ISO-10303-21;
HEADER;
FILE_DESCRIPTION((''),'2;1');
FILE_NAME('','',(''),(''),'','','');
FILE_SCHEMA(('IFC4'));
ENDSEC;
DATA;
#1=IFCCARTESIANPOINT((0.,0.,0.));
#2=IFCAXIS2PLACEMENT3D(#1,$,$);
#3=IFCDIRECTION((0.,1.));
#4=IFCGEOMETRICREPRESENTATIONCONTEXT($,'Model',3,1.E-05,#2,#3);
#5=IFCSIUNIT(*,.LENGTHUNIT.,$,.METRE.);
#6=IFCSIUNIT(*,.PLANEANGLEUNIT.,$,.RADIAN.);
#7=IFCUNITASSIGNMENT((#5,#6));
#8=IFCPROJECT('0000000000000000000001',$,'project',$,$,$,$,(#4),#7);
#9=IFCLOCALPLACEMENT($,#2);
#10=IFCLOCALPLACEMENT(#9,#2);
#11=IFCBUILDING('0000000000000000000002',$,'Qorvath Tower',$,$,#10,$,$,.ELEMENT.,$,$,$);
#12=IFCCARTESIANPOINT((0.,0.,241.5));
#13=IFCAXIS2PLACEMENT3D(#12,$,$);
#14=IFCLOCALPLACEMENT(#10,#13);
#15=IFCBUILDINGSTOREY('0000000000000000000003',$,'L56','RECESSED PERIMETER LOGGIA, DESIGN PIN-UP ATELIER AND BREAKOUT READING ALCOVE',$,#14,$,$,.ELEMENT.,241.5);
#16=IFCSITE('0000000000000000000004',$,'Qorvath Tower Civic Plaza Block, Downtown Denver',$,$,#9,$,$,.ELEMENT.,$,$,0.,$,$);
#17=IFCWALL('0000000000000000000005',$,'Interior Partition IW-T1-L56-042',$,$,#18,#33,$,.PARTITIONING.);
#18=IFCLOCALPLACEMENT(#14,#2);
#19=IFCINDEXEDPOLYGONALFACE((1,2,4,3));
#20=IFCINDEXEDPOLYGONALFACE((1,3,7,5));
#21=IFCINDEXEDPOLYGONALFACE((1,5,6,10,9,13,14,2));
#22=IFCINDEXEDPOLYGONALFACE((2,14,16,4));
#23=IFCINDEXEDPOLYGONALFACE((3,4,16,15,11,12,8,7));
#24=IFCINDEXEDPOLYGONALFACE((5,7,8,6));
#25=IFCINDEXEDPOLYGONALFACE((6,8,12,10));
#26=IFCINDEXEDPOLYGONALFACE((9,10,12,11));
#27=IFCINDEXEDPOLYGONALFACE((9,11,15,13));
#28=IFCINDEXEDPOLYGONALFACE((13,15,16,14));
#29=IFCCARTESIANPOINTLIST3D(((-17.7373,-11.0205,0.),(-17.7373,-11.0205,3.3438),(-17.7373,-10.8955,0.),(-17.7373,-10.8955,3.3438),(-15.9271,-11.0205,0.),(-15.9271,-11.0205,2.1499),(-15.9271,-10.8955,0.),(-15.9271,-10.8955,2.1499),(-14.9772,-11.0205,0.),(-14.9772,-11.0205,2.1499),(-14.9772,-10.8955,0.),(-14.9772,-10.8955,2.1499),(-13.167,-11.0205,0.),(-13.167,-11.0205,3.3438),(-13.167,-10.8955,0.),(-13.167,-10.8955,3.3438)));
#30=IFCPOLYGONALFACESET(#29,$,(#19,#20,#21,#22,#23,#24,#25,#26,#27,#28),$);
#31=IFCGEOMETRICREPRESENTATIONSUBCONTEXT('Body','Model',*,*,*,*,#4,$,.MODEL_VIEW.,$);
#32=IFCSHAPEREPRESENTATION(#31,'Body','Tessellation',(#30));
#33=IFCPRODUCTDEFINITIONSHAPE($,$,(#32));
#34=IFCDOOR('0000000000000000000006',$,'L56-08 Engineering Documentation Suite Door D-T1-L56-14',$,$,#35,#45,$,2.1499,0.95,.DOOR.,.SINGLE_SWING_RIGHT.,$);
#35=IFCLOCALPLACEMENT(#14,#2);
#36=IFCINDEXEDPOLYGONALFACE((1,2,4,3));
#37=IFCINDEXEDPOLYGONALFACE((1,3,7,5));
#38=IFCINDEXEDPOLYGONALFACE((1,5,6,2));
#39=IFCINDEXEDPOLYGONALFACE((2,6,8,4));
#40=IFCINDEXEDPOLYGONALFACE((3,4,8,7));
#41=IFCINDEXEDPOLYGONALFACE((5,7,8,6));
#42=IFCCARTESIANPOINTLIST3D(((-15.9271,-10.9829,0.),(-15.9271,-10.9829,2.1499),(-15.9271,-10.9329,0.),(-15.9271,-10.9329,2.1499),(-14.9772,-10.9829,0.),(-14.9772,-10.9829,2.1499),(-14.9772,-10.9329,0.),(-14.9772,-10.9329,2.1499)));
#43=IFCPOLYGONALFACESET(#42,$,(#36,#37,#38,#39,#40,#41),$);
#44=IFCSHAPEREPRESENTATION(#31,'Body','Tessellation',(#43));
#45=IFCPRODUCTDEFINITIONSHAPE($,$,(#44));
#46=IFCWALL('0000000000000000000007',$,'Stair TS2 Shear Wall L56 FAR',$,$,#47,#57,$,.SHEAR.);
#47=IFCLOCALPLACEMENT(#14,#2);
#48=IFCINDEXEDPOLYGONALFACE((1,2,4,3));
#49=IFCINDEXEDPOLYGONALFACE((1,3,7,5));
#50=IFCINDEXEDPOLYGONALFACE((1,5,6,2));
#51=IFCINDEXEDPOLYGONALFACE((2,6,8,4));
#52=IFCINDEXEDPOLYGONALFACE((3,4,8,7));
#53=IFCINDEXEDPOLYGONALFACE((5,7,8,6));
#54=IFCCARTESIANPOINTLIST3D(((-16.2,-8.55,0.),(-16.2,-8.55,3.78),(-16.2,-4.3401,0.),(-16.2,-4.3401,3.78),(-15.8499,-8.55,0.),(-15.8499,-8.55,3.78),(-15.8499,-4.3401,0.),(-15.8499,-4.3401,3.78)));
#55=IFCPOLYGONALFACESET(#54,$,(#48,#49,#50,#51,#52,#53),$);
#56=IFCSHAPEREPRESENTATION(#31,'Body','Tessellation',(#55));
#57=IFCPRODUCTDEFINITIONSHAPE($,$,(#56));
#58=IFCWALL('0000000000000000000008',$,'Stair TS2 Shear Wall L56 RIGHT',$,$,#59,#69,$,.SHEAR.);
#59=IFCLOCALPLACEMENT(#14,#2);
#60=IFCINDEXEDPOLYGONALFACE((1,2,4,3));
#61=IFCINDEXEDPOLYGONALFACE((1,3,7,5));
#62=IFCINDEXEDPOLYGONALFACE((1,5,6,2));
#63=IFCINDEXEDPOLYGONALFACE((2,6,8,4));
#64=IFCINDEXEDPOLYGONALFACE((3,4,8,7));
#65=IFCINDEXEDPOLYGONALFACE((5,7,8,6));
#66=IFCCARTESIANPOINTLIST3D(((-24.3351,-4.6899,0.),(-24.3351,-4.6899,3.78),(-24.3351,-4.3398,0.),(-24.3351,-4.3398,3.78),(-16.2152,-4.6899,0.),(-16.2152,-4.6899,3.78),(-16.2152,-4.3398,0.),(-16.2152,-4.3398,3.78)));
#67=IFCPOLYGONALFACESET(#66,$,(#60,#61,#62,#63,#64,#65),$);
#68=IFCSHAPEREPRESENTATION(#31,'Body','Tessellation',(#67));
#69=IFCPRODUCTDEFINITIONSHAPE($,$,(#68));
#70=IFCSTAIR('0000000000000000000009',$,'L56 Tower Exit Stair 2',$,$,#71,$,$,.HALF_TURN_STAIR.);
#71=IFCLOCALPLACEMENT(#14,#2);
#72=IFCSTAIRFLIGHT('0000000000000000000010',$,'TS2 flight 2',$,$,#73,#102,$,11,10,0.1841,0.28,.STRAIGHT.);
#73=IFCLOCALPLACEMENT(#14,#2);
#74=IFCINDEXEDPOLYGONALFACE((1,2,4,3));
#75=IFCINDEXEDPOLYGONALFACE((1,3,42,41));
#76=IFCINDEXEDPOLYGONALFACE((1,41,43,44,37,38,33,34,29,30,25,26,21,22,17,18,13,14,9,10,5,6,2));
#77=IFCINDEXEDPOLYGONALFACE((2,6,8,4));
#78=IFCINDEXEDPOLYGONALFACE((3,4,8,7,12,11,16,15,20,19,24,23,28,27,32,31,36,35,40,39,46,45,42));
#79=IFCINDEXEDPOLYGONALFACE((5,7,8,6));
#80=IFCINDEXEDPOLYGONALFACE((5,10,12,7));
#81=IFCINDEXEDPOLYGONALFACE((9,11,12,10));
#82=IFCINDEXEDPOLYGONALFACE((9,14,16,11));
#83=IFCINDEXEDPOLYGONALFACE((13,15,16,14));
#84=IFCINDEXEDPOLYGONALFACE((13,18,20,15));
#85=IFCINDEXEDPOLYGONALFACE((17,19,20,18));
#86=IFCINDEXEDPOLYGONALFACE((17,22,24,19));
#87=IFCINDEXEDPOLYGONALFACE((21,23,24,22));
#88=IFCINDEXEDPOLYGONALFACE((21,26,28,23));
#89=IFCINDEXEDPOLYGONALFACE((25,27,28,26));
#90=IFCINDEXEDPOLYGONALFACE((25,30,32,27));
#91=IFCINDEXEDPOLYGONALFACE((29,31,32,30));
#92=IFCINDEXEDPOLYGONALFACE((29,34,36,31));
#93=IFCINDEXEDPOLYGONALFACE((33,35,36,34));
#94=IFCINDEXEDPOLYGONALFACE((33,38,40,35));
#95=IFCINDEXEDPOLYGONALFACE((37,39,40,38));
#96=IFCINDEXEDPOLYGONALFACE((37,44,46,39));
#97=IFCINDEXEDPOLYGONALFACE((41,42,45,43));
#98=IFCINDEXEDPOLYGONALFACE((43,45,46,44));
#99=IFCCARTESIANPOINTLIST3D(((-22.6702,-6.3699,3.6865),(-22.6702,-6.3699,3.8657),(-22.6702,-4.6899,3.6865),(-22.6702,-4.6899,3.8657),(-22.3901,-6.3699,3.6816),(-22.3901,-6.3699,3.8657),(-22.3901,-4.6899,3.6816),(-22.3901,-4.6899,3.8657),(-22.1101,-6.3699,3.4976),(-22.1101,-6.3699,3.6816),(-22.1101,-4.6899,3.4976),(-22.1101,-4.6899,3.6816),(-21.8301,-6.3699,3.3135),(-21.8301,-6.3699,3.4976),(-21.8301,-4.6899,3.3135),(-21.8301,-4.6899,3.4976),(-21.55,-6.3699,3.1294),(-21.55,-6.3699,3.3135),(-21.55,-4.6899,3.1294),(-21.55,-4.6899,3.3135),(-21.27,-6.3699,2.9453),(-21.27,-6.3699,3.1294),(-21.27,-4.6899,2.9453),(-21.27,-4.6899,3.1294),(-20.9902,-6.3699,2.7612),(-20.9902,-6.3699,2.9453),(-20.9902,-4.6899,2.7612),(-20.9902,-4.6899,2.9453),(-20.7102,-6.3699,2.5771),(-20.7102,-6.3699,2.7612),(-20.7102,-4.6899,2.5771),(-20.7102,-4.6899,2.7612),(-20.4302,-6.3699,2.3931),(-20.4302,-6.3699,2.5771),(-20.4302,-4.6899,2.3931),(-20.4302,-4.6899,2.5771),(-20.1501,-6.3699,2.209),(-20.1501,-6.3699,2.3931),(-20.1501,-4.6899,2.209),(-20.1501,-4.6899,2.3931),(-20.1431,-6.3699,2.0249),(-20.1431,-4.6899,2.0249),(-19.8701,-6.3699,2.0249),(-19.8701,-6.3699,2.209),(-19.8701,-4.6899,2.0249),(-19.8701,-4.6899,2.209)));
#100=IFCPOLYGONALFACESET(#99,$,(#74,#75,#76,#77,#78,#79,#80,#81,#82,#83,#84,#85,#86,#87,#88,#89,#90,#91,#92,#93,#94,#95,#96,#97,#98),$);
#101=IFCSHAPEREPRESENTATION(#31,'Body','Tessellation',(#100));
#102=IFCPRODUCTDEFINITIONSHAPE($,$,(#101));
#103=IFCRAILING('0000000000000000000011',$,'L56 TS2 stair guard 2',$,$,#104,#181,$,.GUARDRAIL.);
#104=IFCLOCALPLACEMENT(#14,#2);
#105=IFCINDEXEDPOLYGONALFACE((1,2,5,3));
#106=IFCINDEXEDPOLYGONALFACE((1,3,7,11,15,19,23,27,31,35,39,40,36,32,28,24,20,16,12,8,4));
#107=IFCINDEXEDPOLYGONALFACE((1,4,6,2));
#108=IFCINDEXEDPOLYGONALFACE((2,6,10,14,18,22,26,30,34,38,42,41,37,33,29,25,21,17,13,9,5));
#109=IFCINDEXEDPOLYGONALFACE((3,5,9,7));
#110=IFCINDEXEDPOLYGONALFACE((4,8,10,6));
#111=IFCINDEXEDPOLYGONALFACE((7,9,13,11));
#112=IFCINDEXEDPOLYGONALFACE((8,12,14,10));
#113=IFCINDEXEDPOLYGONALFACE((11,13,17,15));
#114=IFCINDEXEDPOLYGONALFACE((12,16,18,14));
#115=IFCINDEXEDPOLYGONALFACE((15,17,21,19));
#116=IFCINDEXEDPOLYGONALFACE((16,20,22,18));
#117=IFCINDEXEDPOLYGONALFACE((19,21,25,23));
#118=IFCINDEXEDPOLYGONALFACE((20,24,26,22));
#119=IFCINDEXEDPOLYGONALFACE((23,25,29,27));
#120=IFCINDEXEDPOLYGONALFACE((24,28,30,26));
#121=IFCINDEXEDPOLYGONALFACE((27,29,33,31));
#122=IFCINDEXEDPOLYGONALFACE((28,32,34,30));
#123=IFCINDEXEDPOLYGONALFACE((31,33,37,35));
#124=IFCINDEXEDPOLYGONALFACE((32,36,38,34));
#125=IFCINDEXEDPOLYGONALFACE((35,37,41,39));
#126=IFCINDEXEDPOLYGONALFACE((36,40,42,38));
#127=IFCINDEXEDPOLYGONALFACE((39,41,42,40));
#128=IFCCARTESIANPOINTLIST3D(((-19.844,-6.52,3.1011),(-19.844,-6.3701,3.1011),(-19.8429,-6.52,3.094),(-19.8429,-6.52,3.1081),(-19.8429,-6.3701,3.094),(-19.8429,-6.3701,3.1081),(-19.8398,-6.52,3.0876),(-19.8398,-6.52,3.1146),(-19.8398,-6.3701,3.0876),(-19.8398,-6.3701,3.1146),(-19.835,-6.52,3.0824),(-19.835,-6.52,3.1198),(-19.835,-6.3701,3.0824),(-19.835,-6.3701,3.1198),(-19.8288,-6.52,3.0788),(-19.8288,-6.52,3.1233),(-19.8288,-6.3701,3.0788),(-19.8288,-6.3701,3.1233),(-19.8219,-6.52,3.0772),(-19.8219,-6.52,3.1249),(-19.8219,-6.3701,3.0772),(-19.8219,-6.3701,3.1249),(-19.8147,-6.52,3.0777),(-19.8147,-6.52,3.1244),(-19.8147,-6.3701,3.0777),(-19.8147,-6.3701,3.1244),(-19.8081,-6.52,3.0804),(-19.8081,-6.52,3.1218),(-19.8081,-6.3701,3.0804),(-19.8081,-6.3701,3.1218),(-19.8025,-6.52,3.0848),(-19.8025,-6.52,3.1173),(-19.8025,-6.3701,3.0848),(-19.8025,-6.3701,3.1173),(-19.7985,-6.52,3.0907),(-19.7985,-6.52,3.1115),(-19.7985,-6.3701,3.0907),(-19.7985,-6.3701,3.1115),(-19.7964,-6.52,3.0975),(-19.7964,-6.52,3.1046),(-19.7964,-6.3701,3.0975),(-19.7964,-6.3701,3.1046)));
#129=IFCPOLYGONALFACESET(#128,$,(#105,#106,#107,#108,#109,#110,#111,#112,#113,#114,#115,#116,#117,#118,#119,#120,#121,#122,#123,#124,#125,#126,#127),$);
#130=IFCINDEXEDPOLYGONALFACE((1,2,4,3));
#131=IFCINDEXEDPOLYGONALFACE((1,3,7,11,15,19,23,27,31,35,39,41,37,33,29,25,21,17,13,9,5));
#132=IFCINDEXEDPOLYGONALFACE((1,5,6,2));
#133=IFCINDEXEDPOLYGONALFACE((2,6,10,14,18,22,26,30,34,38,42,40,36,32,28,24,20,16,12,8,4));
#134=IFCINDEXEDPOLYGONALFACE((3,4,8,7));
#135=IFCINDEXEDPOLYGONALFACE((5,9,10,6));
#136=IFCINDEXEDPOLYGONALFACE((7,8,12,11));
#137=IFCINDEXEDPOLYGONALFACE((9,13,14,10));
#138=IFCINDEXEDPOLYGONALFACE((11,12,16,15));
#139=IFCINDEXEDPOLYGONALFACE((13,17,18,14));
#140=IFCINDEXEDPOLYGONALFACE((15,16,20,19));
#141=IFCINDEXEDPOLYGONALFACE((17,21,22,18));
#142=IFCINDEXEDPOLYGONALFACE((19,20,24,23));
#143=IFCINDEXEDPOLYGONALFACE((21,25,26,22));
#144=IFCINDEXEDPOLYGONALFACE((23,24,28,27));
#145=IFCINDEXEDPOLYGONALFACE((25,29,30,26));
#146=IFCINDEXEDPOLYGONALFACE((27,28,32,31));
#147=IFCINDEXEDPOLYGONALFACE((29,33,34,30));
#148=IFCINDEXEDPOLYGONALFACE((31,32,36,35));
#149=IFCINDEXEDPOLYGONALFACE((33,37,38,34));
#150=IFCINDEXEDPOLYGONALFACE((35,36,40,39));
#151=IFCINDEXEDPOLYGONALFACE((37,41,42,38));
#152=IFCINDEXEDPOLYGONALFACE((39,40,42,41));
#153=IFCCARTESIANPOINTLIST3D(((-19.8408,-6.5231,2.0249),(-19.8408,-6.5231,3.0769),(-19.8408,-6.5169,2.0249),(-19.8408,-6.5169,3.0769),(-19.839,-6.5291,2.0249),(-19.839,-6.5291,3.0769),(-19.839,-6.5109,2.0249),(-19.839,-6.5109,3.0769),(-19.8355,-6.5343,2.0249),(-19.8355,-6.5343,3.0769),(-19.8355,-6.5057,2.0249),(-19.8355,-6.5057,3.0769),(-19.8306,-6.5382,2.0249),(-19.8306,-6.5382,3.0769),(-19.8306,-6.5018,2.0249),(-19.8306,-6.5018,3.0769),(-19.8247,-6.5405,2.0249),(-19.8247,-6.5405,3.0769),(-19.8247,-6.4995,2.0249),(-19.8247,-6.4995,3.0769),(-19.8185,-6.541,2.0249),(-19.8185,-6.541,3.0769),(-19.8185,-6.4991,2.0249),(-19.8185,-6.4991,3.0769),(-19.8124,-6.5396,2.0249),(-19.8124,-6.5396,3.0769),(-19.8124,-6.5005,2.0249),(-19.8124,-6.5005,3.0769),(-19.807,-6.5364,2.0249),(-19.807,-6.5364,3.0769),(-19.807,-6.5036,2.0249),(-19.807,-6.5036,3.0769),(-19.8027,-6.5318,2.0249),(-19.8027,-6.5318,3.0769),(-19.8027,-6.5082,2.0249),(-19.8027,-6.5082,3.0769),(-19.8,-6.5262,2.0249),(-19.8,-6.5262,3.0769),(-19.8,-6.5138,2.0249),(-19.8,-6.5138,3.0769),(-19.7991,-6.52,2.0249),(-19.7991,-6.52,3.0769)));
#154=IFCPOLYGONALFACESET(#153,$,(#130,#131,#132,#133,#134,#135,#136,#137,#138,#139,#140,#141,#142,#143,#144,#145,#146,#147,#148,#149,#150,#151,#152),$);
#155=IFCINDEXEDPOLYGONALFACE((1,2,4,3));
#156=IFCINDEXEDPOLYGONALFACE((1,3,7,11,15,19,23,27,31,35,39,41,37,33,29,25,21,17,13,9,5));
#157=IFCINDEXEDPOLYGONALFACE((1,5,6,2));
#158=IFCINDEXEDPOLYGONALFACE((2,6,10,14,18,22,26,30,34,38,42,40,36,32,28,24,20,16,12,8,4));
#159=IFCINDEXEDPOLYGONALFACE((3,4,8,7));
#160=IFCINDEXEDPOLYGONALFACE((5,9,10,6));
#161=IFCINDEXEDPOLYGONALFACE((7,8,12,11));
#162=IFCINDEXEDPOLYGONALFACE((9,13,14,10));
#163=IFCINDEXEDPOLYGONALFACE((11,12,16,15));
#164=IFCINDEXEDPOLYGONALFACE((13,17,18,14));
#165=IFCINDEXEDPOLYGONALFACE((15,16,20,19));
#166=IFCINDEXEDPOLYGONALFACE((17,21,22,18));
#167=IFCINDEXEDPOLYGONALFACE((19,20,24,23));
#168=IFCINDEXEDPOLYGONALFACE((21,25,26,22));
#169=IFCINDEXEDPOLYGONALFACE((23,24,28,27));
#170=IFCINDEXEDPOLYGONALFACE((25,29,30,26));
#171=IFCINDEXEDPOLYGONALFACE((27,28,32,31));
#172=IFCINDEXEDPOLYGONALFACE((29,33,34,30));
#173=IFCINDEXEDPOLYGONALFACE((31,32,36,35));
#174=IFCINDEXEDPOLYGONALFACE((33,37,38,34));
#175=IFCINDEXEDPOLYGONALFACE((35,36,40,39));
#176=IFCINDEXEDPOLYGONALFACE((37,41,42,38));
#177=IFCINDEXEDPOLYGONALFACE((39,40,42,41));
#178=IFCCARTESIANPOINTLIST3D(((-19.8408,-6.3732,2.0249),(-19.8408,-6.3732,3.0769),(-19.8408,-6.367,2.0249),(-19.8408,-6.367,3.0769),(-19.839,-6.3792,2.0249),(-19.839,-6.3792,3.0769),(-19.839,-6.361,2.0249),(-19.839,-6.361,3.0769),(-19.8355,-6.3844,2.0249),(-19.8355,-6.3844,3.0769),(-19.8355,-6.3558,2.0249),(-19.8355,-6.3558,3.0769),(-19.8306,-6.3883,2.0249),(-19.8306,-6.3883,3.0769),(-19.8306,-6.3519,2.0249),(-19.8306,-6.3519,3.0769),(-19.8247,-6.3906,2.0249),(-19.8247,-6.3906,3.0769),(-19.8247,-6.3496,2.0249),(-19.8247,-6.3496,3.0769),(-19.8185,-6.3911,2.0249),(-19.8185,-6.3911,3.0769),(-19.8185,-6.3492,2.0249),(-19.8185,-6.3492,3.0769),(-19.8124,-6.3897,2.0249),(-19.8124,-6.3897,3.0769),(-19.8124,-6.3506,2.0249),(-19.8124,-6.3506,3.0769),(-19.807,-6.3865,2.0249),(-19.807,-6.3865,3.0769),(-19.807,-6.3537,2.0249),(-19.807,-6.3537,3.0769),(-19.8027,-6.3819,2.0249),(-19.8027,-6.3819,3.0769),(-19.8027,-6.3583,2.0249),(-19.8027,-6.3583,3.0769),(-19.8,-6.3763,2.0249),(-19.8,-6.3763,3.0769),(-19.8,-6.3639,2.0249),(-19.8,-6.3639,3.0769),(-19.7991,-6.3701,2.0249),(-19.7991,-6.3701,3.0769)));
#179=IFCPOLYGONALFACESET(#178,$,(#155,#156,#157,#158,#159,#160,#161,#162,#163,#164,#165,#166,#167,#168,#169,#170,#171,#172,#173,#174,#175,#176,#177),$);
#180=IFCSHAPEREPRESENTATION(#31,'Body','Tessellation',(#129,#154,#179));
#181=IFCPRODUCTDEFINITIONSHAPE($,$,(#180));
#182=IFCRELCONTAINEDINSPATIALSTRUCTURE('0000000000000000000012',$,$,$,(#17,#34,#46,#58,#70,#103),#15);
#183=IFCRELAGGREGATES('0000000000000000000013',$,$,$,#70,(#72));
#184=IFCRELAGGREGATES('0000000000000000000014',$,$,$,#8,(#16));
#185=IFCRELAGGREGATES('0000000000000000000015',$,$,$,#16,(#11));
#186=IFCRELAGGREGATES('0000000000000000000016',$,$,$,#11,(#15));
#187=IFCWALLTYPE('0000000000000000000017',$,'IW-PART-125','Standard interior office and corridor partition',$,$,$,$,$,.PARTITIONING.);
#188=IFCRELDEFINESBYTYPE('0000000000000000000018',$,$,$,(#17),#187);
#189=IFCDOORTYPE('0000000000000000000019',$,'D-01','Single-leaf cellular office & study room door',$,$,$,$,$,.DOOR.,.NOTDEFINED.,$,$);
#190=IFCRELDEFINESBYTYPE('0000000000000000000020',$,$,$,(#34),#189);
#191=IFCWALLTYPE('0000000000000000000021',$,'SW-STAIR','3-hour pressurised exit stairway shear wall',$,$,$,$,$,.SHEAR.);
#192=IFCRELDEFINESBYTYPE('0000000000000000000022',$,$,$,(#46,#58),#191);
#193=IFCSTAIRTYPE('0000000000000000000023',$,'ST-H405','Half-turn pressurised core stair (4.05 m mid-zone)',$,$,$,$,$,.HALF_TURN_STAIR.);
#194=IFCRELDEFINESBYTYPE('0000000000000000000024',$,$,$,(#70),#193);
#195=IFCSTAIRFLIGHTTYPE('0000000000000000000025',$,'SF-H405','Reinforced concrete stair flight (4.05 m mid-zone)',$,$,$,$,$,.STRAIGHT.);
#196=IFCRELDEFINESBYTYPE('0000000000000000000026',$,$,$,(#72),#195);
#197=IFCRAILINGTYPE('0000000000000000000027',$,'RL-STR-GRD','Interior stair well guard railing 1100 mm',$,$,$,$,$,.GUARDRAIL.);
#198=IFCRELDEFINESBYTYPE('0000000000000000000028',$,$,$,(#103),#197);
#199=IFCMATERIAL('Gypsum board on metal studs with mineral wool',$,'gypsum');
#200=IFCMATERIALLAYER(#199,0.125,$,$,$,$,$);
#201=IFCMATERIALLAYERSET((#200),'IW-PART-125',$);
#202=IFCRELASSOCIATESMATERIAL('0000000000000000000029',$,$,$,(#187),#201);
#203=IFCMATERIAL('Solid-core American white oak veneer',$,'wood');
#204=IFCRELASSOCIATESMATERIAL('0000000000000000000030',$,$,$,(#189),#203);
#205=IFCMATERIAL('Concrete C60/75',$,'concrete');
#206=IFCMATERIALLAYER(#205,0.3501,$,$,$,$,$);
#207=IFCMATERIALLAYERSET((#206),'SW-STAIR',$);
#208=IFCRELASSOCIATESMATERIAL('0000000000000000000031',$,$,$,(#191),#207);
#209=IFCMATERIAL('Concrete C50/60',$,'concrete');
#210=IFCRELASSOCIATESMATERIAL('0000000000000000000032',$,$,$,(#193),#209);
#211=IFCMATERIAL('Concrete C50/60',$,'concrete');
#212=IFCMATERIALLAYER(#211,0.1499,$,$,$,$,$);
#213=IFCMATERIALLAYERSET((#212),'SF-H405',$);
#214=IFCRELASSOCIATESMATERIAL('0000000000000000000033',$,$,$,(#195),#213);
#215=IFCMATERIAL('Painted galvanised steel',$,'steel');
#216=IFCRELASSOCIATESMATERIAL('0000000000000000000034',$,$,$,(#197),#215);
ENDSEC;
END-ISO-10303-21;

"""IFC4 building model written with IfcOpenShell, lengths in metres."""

from ifc_helpers import new_model, si_unit, direction, frame, frame_2d, origin, origin_2d, place, context, subcontext, project, spatial, polyline, rectangle, circle, outline, extrude, material, layer, layer_set, type_object, element, fill, aggregate, save


model = new_model("IFC4")

# Units and contexts
model_context = context("Model", 3, precision=1e-05, world=origin(), true_north=direction((0.0, 1.0)))
body_context = subcontext(model_context, "Body", "Model", "MODEL_VIEW")
ifc_project = project(units=[si_unit("LENGTHUNIT", "METRE"), si_unit("PLANEANGLEUNIT", "RADIAN")], contexts=[model_context])

# Site, building, storey
site_placement = place(None, origin())
site = spatial("IfcSite", under=ifc_project, at=site_placement, Name="Qorvath Tower Civic Plaza Block, Downtown Denver", CompositionType="ELEMENT", RefElevation=0.0)
building_placement = place(site_placement, origin())
building = spatial("IfcBuilding", under=site, at=building_placement, Name="Qorvath Tower", CompositionType="ELEMENT")
storey_placement = place(building_placement, frame((0.0, 0.0, 241.5)))
storey = spatial("IfcBuildingStorey", under=building, at=storey_placement, Name="L56", Description="RECESSED PERIMETER LOGGIA, DESIGN PIN-UP ATELIER AND BREAKOUT READING ALCOVE", CompositionType="ELEMENT", Elevation=241.5)

# Shared definitions
ifc_material_1 = material(Name="Gypsum board on metal studs with mineral wool", Category="gypsum")
ifc_layer_1 = layer(ifc_material_1, 0.125)
ifc_layer_set_1 = layer_set([ifc_layer_1], Name="IW-PART-125")
wall_type_1 = type_object("IfcWallType", Name="IW-PART-125", Description="Standard interior office and corridor partition", PredefinedType="PARTITIONING", material=ifc_layer_set_1)

# Wall, opening, door
wall_1_placement = place(storey_placement, frame((-13.167, -10.958, 0.0), z_axis=(0.0, 0.0, 1.0), x_axis=(-1.0, 0.0, 0.0)))
wall_1 = element("IfcWall", 1, at=wall_1_placement, inside=storey, type_object=wall_type_1, Name="Interior Partition IW-T1-L56-042", PredefinedType="PARTITIONING", context=body_context, shape_type="SweptSolid", body=[
    extrude(rectangle(XDim=4.5703, YDim=0.125, at=frame_2d((2.2852, 0.0))), origin(), (0.0, 0.0, 1.0), 3.3438),
])
opening_1_placement = place(wall_1_placement, frame((1.8101, 0.0, 0.0)))
opening_1 = element("IfcOpeningElement", 2, at=opening_1_placement, cuts=wall_1, PredefinedType="OPENING", context=body_context, shape_type="SweptSolid", body=[
    extrude(rectangle(XDim=0.95, YDim=2.1499, at=frame_2d((0.4751, 1.075))), frame((0.0, 0.0725, 0.0), z_axis=(0.0, -1.0, 0.0), x_axis=(1.0, 0.0, 0.0)), (0.0, 0.0, 1.0), 0.145),
])
ifc_material_2 = material(Name="Solid-core American white oak veneer", Category="wood")
door_type_1 = type_object("IfcDoorType", Name="D-01", Description="Single-leaf cellular office & study room door", OperationType="NOTDEFINED", PredefinedType="DOOR", material=ifc_material_2)
door_1_placement = place(opening_1_placement, origin())
door_1 = element("IfcDoor", 3, at=door_1_placement, inside=storey, type_object=door_type_1, Name="L56-08 Engineering Documentation Suite Door D-T1-L56-14", OperationType="SINGLE_SWING_RIGHT", OverallHeight=2.1499, OverallWidth=0.95, PredefinedType="DOOR", context=body_context, shape_type="SweptSolid", body=[
    extrude(rectangle(XDim=0.95, YDim=2.1499, at=frame_2d((0.4751, 1.075))), frame((0.0, 0.0249, 0.0), z_axis=(0.0, -1.0, 0.0), x_axis=(1.0, 0.0, 0.0)), (0.0, 0.0, 1.0), 0.05),
])
fill(opening_1, door_1)

# Walls
ifc_material_3 = material(Name="Concrete C60/75", Category="concrete")
ifc_layer_2 = layer(ifc_material_3, 0.3501)
ifc_layer_set_2 = layer_set([ifc_layer_2], Name="SW-STAIR")
wall_type_2 = type_object("IfcWallType", Name="SW-STAIR", Description="3-hour pressurised exit stairway shear wall", PredefinedType="SHEAR", material=ifc_layer_set_2)
wall_2_placement = place(storey_placement, frame((-16.0249, -8.55, 0.0), z_axis=(0.0, 0.0, 1.0), x_axis=(0.0, 1.0, 0.0)))
element("IfcWall", 4, at=wall_2_placement, inside=storey, type_object=wall_type_2, Name="Stair TS2 Shear Wall L56 FAR", PredefinedType="SHEAR", context=body_context, shape_type="SweptSolid", body=[
    extrude(rectangle(XDim=4.21, YDim=0.3501, at=frame_2d((2.105, 0.0))), origin(), (0.0, 0.0, 1.0), 3.78),
])
wall_3_placement = place(storey_placement, frame((-16.2151, -4.5149, 0.0), z_axis=(0.0, 0.0, 1.0), x_axis=(-1.0, 0.0, 0.0)))
element("IfcWall", 5, at=wall_3_placement, inside=storey, type_object=wall_type_2, Name="Stair TS2 Shear Wall L56 RIGHT", PredefinedType="SHEAR", context=body_context, shape_type="SweptSolid", body=[
    extrude(rectangle(XDim=8.1199, YDim=0.3501, at=frame_2d((4.0601, 0.0))), origin(), (0.0, 0.0, 1.0), 3.78),
])

# Stair, stair flight
ifc_material_4 = material(Name="Concrete C50/60", Category="concrete")
stair_type = type_object("IfcStairType", Name="ST-H405", Description="Half-turn pressurised core stair (4.05 m mid-zone)", PredefinedType="HALF_TURN_STAIR", material=ifc_material_4)
stair_placement = place(storey_placement, origin())
stair = element("IfcStair", 6, at=stair_placement, inside=storey, type_object=stair_type, Name="L56 Tower Exit Stair 2", PredefinedType="HALF_TURN_STAIR")
ifc_material_5 = material(Name="Concrete C50/60", Category="concrete")
ifc_layer_3 = layer(ifc_material_5, 0.1499)
ifc_layer_set_3 = layer_set([ifc_layer_3], Name="SF-H405")
stair_flight_type = type_object("IfcStairFlightType", Name="SF-H405", Description="Reinforced concrete stair flight (4.05 m mid-zone)", PredefinedType="STRAIGHT", material=ifc_layer_set_3)
stair_flight_placement = place(storey_placement, frame((-19.8701, -5.53, 2.0249), z_axis=(0.0, 0.0, 1.0), x_axis=(-1.0, 0.0, 0.0)))
stair_flight = element("IfcStairFlight", 7, at=stair_flight_placement, type_object=stair_flight_type, Name="TS2 flight 2", NumberOfRisers=11, NumberOfTreads=10, PredefinedType="STRAIGHT", RiserHeight=0.1841, TreadLength=0.28, context=body_context, shape_type="SweptSolid", body=[
    extrude(outline(polyline([(0.0, 0.0), (0.0, 0.1841), (0.28, 0.1841), (0.28, 0.3682), (0.5601, 0.3682), (0.5601, 0.5522), (0.8401, 0.5522), (0.8401, 0.7363), (1.1201, 0.7363), (1.1201, 0.9204), (1.3999, 0.9204), (1.3999, 1.1045), (1.6799, 1.1045), (1.6799, 1.2886), (1.96, 1.2886), (1.96, 1.4727), (2.24, 1.4727), (2.24, 1.6567), (2.52, 1.6567), (2.52, 1.8408), (2.8, 1.8408), (2.8, 2.0249), (2.8, 1.6616), (0.2729, 0.0), (0.0, 0.0)])), frame((0.0, 0.8398, 0.0), z_axis=(0.0, -1.0, 0.0), x_axis=(1.0, 0.0, 0.0)), (0.0, 0.0, 1.0), 1.6799),
])
aggregate(stair, [stair_flight])

# Railing
ifc_material_6 = material(Name="Painted galvanised steel", Category="steel")
railing_type_1 = type_object("IfcRailingType", Name="RL-STR-GRD", Description="Interior stair well guard railing 1100 mm", PredefinedType="GUARDRAIL", material=ifc_material_6)
railing_1_placement = place(storey_placement, frame((-19.8201, -6.52, 2.0249)))
element("IfcRailing", 8, at=railing_1_placement, inside=storey, type_object=railing_type_1, Name="L56 TS2 stair guard 2", PredefinedType="GUARDRAIL", context=body_context, shape_type="SweptSolid", body=[
    extrude(circle(Radius=0.0239, at=origin_2d()), frame((0.0, 0.0, 1.0762), z_axis=(0.0, 1.0, 0.0), x_axis=(-1.0, 0.0, 0.0)), (0.0, 0.0, 1.0), 0.1499),
    extrude(circle(Radius=0.021, at=origin_2d()), origin(), (0.0, 0.0, 1.0), 1.052),
    extrude(circle(Radius=0.021, at=origin_2d()), frame((0.0, 0.1499, 0.0)), (0.0, 0.0, 1.0), 1.052),
])

save(model, "model.ifc")
